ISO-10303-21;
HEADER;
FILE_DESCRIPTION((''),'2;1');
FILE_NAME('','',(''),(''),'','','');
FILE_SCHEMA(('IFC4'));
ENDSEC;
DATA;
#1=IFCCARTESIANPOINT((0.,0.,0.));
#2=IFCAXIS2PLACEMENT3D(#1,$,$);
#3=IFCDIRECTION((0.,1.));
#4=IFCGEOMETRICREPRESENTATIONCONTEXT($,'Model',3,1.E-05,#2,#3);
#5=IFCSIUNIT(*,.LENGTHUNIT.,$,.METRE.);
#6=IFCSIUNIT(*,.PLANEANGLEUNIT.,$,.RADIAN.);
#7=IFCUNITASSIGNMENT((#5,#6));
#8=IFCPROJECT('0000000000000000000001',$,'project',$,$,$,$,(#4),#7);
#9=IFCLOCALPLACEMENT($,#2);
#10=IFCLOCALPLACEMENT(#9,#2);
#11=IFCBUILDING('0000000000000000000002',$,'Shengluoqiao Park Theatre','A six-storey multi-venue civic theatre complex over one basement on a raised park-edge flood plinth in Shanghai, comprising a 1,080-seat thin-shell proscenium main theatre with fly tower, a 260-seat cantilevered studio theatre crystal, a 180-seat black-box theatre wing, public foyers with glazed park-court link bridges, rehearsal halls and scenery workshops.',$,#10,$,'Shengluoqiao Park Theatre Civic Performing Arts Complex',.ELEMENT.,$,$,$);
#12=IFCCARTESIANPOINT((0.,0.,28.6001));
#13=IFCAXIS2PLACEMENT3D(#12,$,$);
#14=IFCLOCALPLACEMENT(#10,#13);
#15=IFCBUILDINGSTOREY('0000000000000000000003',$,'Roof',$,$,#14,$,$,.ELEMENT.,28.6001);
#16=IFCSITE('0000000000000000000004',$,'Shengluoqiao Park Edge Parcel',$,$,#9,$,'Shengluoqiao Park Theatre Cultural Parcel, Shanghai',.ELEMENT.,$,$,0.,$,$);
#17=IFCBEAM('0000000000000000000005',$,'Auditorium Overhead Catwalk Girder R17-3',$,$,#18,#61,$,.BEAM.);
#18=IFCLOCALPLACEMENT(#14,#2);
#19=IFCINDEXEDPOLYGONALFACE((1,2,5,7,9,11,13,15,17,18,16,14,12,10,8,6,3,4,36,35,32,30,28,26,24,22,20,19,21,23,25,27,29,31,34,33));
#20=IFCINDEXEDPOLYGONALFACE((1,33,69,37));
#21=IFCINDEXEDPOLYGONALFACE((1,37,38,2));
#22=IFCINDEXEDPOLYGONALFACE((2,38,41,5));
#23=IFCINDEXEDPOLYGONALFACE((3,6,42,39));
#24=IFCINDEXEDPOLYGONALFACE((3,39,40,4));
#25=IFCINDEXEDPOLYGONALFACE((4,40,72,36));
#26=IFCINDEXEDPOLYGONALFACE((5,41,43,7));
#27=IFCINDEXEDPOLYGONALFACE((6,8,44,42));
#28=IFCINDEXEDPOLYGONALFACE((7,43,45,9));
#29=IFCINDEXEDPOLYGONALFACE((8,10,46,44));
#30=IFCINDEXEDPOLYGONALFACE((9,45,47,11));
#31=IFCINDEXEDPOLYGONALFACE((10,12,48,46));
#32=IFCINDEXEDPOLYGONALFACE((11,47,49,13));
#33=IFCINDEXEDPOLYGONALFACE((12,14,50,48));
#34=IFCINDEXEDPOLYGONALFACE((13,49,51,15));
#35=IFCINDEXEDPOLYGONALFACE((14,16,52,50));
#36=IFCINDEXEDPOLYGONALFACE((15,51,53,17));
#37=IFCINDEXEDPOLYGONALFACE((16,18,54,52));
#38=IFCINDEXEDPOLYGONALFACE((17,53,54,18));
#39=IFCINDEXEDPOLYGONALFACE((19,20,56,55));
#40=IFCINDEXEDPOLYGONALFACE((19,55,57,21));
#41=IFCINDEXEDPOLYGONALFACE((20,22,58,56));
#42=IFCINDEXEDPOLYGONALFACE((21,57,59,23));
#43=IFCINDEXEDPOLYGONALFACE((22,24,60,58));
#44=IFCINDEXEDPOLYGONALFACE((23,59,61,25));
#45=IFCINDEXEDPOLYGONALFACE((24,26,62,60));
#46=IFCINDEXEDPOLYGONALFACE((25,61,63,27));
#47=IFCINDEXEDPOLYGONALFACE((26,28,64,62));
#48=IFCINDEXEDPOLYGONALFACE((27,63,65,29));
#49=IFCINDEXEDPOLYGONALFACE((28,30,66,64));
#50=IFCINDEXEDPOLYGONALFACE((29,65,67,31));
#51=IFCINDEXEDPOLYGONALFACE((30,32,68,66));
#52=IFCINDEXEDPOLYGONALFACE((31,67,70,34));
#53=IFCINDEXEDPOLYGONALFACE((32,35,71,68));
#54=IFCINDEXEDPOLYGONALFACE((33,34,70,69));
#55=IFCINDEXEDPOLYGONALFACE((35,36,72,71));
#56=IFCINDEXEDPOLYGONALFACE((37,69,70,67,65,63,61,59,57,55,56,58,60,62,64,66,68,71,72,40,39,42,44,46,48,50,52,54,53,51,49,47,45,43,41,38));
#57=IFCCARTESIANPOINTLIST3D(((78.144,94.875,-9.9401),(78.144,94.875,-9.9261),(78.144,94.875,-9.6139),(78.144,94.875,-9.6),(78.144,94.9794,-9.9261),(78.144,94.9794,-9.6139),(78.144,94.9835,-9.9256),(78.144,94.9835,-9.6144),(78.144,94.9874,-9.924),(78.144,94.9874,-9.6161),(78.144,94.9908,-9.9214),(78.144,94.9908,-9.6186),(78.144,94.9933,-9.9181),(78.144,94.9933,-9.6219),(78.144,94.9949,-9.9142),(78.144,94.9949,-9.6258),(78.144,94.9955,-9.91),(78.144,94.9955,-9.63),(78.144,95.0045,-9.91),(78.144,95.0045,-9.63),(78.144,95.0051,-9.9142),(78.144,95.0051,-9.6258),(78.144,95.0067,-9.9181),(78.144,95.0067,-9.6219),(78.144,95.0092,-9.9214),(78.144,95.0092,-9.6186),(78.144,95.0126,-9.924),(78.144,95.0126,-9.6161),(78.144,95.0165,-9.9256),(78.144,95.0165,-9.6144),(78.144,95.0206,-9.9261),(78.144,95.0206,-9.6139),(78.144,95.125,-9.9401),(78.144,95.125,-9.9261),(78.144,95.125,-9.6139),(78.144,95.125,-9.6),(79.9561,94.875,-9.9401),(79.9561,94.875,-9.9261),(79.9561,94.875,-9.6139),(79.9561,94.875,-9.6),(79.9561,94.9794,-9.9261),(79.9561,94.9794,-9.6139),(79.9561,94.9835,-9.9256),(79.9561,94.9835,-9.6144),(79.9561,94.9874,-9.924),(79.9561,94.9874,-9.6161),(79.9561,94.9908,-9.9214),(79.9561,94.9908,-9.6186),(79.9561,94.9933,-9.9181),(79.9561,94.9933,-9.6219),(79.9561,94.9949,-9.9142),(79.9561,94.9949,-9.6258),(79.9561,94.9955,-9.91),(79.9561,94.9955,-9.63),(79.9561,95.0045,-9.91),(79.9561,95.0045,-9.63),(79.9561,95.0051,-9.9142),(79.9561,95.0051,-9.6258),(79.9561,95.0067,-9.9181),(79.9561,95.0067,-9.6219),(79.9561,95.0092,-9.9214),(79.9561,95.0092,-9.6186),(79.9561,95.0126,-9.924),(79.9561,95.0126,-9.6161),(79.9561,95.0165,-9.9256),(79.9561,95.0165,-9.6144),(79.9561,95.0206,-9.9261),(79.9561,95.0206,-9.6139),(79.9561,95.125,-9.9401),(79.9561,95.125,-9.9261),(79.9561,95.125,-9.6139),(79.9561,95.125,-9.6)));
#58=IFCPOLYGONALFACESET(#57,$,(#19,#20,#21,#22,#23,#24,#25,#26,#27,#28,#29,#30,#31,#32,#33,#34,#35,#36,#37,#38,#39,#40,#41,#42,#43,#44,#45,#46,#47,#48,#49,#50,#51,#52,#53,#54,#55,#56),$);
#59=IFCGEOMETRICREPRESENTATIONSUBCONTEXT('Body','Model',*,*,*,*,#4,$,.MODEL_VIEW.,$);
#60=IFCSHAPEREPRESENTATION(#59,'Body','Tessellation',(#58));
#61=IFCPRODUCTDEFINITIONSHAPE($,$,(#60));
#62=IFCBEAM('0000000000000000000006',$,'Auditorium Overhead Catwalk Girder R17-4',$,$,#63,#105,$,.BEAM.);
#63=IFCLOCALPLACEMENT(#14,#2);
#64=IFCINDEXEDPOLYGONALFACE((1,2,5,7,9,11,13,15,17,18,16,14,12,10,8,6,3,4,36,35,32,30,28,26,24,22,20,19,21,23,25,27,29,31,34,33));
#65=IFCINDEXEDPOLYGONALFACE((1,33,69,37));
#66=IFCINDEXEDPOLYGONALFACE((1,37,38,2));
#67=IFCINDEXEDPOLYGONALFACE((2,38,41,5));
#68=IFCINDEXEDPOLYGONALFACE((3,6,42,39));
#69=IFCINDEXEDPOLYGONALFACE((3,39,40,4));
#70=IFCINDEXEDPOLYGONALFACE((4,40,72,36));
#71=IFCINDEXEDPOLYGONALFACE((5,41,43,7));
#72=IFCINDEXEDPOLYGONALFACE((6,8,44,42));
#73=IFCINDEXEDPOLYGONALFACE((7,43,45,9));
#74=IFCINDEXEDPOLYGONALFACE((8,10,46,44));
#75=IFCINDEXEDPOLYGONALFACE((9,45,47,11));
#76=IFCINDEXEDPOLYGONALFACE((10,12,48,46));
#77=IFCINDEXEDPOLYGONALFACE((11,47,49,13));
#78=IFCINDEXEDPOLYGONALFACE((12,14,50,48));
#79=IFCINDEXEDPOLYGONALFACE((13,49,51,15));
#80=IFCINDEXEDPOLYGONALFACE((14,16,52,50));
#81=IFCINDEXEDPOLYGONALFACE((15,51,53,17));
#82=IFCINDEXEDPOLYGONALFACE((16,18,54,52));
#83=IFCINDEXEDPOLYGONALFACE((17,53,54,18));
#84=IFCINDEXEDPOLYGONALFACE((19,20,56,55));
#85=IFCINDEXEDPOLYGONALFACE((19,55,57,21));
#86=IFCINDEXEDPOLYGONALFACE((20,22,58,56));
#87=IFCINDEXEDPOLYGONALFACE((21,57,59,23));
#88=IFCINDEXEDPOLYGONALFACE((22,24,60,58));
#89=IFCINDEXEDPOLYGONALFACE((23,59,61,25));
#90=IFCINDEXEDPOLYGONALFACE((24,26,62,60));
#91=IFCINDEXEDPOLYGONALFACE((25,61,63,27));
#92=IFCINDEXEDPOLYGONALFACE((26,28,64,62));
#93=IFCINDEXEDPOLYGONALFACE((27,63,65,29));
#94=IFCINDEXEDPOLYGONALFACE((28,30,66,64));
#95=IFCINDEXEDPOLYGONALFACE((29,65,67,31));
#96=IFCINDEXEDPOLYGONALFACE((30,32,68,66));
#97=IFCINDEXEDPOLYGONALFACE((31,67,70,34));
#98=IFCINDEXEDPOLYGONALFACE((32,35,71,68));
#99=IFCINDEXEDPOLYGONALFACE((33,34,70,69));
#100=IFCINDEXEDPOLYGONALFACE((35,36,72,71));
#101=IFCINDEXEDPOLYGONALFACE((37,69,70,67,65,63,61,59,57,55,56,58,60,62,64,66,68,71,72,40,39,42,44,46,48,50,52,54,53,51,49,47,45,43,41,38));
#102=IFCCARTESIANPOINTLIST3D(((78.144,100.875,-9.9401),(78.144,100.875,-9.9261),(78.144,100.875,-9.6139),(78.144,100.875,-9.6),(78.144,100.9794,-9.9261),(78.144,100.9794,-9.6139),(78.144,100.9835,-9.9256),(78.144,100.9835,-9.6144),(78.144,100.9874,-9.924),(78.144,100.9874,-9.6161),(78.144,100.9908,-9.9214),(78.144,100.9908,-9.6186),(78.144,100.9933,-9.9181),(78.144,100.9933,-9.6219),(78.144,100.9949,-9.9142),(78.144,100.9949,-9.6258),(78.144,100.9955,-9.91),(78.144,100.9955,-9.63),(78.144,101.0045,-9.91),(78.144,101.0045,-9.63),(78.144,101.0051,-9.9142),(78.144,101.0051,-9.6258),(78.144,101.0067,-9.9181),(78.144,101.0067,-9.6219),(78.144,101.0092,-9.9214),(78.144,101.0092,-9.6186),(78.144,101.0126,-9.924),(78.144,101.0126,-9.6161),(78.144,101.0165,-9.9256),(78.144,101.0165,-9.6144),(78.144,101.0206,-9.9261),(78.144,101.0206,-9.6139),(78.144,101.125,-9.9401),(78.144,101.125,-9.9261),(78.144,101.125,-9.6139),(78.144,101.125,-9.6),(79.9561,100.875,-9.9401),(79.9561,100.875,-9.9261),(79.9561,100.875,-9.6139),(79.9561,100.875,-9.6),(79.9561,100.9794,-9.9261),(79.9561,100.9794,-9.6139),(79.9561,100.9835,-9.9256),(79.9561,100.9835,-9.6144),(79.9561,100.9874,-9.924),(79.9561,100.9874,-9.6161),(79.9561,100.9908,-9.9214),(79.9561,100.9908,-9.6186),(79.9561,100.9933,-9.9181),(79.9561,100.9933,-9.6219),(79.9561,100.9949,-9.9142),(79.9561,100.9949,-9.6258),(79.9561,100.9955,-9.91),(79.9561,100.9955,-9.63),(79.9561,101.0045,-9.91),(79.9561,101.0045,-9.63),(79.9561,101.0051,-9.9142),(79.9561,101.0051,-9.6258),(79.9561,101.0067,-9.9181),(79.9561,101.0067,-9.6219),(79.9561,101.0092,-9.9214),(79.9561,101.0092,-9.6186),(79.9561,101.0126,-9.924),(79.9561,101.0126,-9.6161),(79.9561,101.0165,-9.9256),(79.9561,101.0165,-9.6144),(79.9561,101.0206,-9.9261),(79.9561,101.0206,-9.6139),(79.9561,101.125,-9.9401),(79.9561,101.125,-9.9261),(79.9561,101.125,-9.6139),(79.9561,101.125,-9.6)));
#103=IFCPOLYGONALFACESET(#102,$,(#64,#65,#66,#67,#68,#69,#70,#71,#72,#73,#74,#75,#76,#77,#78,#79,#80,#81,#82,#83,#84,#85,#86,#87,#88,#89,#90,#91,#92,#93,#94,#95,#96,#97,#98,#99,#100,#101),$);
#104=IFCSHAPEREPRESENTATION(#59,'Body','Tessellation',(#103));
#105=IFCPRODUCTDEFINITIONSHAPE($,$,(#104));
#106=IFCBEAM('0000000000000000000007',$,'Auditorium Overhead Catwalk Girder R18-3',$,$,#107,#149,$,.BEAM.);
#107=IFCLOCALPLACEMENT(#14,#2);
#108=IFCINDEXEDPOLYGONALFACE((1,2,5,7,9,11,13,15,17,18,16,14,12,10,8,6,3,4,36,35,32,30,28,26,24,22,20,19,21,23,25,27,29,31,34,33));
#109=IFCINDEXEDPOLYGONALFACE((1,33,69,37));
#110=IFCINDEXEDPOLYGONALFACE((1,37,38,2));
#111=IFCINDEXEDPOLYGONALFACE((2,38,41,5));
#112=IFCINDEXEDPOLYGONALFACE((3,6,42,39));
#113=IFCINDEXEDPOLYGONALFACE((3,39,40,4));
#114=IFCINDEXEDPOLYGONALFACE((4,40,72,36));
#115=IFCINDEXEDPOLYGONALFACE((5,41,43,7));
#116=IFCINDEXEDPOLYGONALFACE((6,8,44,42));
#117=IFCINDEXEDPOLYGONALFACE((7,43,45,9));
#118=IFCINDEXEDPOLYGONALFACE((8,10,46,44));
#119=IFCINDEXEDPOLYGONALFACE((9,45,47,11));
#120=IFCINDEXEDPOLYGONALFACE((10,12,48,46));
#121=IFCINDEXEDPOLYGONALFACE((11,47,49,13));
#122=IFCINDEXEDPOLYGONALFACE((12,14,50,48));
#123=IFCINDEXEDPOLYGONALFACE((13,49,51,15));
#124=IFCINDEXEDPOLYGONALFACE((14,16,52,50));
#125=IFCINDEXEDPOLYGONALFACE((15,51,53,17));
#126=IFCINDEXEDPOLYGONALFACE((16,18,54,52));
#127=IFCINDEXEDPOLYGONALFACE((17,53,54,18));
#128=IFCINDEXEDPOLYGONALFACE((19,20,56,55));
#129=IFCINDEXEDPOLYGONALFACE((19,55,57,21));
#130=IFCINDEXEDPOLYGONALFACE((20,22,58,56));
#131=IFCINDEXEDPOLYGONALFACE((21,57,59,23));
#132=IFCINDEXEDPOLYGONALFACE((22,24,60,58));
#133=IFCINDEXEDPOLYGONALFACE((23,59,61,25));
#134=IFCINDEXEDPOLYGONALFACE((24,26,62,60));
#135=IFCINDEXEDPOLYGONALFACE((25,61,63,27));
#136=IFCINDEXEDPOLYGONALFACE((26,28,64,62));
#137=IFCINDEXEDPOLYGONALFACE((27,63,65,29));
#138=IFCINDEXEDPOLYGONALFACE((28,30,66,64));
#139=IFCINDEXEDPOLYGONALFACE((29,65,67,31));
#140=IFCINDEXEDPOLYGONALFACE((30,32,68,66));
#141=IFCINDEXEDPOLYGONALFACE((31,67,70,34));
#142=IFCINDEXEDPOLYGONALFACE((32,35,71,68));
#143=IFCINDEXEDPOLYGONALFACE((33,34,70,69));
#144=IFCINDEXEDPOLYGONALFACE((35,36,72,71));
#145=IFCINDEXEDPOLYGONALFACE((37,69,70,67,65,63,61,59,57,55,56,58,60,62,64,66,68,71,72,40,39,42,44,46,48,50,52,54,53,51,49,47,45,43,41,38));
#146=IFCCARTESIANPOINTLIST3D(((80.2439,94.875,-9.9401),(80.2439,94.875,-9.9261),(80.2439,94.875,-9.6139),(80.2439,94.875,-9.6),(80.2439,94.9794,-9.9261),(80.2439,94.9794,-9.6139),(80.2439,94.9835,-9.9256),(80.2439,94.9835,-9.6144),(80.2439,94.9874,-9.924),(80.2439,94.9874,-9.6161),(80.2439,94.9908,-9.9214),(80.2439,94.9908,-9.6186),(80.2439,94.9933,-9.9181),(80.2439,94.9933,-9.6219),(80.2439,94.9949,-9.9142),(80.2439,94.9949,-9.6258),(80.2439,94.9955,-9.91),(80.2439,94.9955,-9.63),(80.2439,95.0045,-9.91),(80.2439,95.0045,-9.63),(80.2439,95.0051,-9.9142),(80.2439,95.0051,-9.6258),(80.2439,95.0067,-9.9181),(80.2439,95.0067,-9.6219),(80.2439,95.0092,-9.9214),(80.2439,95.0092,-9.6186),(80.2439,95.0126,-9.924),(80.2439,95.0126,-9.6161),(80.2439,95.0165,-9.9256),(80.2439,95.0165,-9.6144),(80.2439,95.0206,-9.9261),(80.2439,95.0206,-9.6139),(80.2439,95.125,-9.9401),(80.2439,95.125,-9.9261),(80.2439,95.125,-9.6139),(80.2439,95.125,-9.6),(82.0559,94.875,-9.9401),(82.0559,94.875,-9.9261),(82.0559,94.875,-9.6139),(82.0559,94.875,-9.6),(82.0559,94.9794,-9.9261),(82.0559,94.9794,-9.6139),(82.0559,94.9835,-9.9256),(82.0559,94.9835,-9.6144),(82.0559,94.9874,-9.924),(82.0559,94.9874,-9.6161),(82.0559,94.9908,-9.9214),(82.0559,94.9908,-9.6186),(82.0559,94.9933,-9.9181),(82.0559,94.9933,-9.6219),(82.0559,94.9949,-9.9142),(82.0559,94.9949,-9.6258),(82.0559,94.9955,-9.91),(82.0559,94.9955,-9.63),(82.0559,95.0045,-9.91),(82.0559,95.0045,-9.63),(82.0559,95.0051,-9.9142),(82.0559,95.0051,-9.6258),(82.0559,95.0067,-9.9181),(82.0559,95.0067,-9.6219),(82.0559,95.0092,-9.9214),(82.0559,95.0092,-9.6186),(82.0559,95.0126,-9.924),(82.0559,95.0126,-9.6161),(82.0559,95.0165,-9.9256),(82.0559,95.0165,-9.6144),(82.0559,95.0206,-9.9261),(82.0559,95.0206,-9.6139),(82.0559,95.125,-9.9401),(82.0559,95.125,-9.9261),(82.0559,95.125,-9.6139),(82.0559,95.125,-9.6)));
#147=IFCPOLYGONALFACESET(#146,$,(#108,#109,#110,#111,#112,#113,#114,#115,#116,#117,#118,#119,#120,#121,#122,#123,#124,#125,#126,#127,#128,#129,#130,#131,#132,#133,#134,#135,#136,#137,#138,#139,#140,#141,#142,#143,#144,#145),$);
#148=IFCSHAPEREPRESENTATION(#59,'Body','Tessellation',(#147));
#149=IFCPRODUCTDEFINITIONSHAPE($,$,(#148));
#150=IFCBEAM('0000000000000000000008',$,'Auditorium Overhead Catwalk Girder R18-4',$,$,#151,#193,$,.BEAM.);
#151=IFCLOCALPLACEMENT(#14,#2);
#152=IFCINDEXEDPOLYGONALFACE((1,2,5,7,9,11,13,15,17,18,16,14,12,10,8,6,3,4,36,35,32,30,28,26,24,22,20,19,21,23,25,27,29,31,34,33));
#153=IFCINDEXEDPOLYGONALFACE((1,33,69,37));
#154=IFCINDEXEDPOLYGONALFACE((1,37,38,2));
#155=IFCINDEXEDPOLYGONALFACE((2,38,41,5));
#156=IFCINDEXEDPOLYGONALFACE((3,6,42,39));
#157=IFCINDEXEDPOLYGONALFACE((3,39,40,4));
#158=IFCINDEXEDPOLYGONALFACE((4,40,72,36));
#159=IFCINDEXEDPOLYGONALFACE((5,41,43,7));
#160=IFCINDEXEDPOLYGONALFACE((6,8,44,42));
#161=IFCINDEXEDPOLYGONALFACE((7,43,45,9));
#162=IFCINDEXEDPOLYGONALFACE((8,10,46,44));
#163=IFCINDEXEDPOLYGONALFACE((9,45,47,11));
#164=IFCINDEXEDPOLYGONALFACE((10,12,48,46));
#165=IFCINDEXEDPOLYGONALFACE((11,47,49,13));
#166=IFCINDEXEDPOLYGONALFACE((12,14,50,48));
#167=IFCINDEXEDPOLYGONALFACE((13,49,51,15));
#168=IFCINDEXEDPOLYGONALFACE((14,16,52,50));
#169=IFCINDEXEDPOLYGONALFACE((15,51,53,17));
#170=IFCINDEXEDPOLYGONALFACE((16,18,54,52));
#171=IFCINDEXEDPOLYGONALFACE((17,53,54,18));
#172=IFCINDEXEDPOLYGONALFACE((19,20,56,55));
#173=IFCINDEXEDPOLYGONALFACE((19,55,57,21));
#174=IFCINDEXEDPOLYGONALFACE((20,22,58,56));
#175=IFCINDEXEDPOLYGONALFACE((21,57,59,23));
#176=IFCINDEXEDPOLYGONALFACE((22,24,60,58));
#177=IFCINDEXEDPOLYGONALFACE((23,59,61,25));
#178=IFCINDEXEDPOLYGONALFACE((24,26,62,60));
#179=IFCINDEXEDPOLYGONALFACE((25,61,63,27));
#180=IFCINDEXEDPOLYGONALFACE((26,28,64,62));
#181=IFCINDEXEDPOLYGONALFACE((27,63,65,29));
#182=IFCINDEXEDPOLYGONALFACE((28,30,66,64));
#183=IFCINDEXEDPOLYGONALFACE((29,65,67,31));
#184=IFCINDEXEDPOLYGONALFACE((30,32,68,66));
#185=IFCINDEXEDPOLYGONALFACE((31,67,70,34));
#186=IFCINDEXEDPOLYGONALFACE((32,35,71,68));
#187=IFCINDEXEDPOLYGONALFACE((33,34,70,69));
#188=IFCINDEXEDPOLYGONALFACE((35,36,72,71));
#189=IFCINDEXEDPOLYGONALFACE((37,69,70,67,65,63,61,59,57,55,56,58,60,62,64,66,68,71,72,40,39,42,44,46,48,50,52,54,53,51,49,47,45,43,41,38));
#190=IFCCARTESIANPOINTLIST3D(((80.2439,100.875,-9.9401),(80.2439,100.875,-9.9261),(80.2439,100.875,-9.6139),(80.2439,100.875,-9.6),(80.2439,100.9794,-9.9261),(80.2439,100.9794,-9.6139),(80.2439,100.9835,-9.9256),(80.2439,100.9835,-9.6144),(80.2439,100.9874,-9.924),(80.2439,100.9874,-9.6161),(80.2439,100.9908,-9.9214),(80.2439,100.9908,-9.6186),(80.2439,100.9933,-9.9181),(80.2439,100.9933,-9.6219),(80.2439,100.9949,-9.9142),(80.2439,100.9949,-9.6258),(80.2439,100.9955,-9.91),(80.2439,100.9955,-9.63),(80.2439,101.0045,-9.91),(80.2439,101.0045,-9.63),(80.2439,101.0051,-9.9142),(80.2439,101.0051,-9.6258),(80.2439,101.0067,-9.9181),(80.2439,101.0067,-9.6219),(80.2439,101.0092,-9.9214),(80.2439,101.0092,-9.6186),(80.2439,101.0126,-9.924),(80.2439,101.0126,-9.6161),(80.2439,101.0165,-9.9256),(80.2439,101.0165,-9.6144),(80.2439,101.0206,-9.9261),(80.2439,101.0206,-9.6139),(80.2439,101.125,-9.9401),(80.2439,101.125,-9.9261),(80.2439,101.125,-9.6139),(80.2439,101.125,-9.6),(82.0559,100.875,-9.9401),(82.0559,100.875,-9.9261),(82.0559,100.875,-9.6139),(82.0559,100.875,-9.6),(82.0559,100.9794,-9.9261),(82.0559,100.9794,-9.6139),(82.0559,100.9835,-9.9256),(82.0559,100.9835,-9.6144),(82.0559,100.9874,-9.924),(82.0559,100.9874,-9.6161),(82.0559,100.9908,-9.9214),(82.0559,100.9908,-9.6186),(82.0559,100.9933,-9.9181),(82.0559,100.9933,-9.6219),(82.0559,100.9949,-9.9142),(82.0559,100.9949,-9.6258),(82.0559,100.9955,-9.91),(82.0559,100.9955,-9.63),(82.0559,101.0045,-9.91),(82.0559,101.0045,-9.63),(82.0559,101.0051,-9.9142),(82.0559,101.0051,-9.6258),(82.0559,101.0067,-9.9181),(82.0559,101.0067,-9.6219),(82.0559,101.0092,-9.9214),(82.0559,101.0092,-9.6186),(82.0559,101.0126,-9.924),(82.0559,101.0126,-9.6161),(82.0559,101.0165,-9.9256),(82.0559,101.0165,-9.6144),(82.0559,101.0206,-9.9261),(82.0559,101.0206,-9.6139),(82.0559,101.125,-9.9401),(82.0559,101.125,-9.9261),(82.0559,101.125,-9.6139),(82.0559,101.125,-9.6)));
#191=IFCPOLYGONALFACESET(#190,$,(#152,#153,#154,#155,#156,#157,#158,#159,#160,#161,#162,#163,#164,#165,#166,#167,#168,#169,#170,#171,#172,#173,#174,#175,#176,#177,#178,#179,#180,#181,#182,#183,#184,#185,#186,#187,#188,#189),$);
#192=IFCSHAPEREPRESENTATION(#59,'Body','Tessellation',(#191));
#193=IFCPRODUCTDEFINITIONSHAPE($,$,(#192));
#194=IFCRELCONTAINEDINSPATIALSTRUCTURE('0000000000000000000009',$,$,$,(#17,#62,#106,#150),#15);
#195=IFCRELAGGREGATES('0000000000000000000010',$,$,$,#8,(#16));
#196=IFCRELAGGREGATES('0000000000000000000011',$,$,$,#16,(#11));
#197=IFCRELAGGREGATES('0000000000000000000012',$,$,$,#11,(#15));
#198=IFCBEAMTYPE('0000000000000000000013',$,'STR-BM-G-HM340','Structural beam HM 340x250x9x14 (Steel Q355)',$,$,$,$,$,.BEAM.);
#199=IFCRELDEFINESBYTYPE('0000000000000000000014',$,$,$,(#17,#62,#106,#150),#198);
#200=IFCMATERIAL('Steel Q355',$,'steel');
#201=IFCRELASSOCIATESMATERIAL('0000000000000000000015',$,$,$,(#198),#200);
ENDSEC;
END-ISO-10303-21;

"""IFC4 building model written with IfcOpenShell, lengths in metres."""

from ifc_helpers import new_model, si_unit, direction, frame, origin, origin_2d, place, context, subcontext, project, spatial, i_section, extrude, material, material_profile, profile_set, type_object, element, save


model = new_model("IFC4")

# Units and contexts
model_context = context("Model", 3, precision=1e-05, world=origin(), true_north=direction((0.0, 1.0)))
body_context = subcontext(model_context, "Body", "Model", "MODEL_VIEW")
ifc_project = project(units=[si_unit("LENGTHUNIT", "METRE"), si_unit("PLANEANGLEUNIT", "RADIAN")], contexts=[model_context])

# Site, building, storey
site_placement = place(None, origin())
site = spatial("IfcSite", under=ifc_project, at=site_placement, Name="Shengluoqiao Park Edge Parcel", LongName="Shengluoqiao Park Theatre Cultural Parcel, Shanghai", CompositionType="ELEMENT", RefElevation=0.0)
building_placement = place(site_placement, origin())
building = spatial("IfcBuilding", under=site, at=building_placement, Name="Shengluoqiao Park Theatre", Description="A six-storey multi-venue civic theatre complex over one basement on a raised park-edge flood plinth in Shanghai, comprising a 1,080-seat thin-shell proscenium main theatre with fly tower, a 260-seat cantilevered studio theatre crystal, a 180-seat black-box theatre wing, public foyers with glazed park-court link bridges, rehearsal halls and scenery workshops.", LongName="Shengluoqiao Park Theatre Civic Performing Arts Complex", CompositionType="ELEMENT")
storey_placement = place(building_placement, frame((0.0, 0.0, 28.6001)))
storey = spatial("IfcBuildingStorey", under=building, at=storey_placement, Name="Roof", CompositionType="ELEMENT", Elevation=28.6001)

# Beams
ifc_material = material(Name="Steel Q355", Category="steel")
ifc_material_profile_1 = material_profile(ifc_material, i_section(OverallWidth=0.25, OverallDepth=0.3401, WebThickness=0.009, FlangeThickness=0.0139, FilletRadius=0.0161, at=origin_2d()), Name="HM 340x250x9x14")
ifc_profile_set_1 = profile_set([ifc_material_profile_1], Name="Steel Q355")
beam_type = type_object("IfcBeamType", Name="STR-BM-G-HM340", Description="Structural beam HM 340x250x9x14 (Steel Q355)", PredefinedType="BEAM", material=ifc_profile_set_1)
for number, where, z_axis, x_axis, name in (
    (1, (78.144, 95.0, -9.77), (1.0, 0.0, 0.0), (0.0, 1.0, 0.0), "Auditorium Overhead Catwalk Girder R17-3"),
    (2, (78.144, 101.0, -9.77), (1.0, 0.0, 0.0), (0.0, 1.0, 0.0), "Auditorium Overhead Catwalk Girder R17-4"),
    (3, (80.2439, 95.0, -9.77), (1.0, 0.0, 0.0), (0.0, 1.0, 0.0), "Auditorium Overhead Catwalk Girder R18-3"),
    (4, (80.2439, 101.0, -9.77), (1.0, 0.0, 0.0), (0.0, 1.0, 0.0), "Auditorium Overhead Catwalk Girder R18-4"),
):
    element("IfcBeam", number, at=place(storey_placement, frame(where, z_axis=z_axis, x_axis=x_axis)), inside=storey, type_object=beam_type, Name=name, PredefinedType="BEAM", context=body_context, shape_type="SweptSolid", body=[
        extrude(i_section(OverallWidth=0.25, OverallDepth=0.3401, WebThickness=0.009, FlangeThickness=0.0139, FilletRadius=0.0161, at=origin_2d()), origin(), (0.0, 0.0, 1.0), 1.812),
    ])

save(model, "model.ifc")
